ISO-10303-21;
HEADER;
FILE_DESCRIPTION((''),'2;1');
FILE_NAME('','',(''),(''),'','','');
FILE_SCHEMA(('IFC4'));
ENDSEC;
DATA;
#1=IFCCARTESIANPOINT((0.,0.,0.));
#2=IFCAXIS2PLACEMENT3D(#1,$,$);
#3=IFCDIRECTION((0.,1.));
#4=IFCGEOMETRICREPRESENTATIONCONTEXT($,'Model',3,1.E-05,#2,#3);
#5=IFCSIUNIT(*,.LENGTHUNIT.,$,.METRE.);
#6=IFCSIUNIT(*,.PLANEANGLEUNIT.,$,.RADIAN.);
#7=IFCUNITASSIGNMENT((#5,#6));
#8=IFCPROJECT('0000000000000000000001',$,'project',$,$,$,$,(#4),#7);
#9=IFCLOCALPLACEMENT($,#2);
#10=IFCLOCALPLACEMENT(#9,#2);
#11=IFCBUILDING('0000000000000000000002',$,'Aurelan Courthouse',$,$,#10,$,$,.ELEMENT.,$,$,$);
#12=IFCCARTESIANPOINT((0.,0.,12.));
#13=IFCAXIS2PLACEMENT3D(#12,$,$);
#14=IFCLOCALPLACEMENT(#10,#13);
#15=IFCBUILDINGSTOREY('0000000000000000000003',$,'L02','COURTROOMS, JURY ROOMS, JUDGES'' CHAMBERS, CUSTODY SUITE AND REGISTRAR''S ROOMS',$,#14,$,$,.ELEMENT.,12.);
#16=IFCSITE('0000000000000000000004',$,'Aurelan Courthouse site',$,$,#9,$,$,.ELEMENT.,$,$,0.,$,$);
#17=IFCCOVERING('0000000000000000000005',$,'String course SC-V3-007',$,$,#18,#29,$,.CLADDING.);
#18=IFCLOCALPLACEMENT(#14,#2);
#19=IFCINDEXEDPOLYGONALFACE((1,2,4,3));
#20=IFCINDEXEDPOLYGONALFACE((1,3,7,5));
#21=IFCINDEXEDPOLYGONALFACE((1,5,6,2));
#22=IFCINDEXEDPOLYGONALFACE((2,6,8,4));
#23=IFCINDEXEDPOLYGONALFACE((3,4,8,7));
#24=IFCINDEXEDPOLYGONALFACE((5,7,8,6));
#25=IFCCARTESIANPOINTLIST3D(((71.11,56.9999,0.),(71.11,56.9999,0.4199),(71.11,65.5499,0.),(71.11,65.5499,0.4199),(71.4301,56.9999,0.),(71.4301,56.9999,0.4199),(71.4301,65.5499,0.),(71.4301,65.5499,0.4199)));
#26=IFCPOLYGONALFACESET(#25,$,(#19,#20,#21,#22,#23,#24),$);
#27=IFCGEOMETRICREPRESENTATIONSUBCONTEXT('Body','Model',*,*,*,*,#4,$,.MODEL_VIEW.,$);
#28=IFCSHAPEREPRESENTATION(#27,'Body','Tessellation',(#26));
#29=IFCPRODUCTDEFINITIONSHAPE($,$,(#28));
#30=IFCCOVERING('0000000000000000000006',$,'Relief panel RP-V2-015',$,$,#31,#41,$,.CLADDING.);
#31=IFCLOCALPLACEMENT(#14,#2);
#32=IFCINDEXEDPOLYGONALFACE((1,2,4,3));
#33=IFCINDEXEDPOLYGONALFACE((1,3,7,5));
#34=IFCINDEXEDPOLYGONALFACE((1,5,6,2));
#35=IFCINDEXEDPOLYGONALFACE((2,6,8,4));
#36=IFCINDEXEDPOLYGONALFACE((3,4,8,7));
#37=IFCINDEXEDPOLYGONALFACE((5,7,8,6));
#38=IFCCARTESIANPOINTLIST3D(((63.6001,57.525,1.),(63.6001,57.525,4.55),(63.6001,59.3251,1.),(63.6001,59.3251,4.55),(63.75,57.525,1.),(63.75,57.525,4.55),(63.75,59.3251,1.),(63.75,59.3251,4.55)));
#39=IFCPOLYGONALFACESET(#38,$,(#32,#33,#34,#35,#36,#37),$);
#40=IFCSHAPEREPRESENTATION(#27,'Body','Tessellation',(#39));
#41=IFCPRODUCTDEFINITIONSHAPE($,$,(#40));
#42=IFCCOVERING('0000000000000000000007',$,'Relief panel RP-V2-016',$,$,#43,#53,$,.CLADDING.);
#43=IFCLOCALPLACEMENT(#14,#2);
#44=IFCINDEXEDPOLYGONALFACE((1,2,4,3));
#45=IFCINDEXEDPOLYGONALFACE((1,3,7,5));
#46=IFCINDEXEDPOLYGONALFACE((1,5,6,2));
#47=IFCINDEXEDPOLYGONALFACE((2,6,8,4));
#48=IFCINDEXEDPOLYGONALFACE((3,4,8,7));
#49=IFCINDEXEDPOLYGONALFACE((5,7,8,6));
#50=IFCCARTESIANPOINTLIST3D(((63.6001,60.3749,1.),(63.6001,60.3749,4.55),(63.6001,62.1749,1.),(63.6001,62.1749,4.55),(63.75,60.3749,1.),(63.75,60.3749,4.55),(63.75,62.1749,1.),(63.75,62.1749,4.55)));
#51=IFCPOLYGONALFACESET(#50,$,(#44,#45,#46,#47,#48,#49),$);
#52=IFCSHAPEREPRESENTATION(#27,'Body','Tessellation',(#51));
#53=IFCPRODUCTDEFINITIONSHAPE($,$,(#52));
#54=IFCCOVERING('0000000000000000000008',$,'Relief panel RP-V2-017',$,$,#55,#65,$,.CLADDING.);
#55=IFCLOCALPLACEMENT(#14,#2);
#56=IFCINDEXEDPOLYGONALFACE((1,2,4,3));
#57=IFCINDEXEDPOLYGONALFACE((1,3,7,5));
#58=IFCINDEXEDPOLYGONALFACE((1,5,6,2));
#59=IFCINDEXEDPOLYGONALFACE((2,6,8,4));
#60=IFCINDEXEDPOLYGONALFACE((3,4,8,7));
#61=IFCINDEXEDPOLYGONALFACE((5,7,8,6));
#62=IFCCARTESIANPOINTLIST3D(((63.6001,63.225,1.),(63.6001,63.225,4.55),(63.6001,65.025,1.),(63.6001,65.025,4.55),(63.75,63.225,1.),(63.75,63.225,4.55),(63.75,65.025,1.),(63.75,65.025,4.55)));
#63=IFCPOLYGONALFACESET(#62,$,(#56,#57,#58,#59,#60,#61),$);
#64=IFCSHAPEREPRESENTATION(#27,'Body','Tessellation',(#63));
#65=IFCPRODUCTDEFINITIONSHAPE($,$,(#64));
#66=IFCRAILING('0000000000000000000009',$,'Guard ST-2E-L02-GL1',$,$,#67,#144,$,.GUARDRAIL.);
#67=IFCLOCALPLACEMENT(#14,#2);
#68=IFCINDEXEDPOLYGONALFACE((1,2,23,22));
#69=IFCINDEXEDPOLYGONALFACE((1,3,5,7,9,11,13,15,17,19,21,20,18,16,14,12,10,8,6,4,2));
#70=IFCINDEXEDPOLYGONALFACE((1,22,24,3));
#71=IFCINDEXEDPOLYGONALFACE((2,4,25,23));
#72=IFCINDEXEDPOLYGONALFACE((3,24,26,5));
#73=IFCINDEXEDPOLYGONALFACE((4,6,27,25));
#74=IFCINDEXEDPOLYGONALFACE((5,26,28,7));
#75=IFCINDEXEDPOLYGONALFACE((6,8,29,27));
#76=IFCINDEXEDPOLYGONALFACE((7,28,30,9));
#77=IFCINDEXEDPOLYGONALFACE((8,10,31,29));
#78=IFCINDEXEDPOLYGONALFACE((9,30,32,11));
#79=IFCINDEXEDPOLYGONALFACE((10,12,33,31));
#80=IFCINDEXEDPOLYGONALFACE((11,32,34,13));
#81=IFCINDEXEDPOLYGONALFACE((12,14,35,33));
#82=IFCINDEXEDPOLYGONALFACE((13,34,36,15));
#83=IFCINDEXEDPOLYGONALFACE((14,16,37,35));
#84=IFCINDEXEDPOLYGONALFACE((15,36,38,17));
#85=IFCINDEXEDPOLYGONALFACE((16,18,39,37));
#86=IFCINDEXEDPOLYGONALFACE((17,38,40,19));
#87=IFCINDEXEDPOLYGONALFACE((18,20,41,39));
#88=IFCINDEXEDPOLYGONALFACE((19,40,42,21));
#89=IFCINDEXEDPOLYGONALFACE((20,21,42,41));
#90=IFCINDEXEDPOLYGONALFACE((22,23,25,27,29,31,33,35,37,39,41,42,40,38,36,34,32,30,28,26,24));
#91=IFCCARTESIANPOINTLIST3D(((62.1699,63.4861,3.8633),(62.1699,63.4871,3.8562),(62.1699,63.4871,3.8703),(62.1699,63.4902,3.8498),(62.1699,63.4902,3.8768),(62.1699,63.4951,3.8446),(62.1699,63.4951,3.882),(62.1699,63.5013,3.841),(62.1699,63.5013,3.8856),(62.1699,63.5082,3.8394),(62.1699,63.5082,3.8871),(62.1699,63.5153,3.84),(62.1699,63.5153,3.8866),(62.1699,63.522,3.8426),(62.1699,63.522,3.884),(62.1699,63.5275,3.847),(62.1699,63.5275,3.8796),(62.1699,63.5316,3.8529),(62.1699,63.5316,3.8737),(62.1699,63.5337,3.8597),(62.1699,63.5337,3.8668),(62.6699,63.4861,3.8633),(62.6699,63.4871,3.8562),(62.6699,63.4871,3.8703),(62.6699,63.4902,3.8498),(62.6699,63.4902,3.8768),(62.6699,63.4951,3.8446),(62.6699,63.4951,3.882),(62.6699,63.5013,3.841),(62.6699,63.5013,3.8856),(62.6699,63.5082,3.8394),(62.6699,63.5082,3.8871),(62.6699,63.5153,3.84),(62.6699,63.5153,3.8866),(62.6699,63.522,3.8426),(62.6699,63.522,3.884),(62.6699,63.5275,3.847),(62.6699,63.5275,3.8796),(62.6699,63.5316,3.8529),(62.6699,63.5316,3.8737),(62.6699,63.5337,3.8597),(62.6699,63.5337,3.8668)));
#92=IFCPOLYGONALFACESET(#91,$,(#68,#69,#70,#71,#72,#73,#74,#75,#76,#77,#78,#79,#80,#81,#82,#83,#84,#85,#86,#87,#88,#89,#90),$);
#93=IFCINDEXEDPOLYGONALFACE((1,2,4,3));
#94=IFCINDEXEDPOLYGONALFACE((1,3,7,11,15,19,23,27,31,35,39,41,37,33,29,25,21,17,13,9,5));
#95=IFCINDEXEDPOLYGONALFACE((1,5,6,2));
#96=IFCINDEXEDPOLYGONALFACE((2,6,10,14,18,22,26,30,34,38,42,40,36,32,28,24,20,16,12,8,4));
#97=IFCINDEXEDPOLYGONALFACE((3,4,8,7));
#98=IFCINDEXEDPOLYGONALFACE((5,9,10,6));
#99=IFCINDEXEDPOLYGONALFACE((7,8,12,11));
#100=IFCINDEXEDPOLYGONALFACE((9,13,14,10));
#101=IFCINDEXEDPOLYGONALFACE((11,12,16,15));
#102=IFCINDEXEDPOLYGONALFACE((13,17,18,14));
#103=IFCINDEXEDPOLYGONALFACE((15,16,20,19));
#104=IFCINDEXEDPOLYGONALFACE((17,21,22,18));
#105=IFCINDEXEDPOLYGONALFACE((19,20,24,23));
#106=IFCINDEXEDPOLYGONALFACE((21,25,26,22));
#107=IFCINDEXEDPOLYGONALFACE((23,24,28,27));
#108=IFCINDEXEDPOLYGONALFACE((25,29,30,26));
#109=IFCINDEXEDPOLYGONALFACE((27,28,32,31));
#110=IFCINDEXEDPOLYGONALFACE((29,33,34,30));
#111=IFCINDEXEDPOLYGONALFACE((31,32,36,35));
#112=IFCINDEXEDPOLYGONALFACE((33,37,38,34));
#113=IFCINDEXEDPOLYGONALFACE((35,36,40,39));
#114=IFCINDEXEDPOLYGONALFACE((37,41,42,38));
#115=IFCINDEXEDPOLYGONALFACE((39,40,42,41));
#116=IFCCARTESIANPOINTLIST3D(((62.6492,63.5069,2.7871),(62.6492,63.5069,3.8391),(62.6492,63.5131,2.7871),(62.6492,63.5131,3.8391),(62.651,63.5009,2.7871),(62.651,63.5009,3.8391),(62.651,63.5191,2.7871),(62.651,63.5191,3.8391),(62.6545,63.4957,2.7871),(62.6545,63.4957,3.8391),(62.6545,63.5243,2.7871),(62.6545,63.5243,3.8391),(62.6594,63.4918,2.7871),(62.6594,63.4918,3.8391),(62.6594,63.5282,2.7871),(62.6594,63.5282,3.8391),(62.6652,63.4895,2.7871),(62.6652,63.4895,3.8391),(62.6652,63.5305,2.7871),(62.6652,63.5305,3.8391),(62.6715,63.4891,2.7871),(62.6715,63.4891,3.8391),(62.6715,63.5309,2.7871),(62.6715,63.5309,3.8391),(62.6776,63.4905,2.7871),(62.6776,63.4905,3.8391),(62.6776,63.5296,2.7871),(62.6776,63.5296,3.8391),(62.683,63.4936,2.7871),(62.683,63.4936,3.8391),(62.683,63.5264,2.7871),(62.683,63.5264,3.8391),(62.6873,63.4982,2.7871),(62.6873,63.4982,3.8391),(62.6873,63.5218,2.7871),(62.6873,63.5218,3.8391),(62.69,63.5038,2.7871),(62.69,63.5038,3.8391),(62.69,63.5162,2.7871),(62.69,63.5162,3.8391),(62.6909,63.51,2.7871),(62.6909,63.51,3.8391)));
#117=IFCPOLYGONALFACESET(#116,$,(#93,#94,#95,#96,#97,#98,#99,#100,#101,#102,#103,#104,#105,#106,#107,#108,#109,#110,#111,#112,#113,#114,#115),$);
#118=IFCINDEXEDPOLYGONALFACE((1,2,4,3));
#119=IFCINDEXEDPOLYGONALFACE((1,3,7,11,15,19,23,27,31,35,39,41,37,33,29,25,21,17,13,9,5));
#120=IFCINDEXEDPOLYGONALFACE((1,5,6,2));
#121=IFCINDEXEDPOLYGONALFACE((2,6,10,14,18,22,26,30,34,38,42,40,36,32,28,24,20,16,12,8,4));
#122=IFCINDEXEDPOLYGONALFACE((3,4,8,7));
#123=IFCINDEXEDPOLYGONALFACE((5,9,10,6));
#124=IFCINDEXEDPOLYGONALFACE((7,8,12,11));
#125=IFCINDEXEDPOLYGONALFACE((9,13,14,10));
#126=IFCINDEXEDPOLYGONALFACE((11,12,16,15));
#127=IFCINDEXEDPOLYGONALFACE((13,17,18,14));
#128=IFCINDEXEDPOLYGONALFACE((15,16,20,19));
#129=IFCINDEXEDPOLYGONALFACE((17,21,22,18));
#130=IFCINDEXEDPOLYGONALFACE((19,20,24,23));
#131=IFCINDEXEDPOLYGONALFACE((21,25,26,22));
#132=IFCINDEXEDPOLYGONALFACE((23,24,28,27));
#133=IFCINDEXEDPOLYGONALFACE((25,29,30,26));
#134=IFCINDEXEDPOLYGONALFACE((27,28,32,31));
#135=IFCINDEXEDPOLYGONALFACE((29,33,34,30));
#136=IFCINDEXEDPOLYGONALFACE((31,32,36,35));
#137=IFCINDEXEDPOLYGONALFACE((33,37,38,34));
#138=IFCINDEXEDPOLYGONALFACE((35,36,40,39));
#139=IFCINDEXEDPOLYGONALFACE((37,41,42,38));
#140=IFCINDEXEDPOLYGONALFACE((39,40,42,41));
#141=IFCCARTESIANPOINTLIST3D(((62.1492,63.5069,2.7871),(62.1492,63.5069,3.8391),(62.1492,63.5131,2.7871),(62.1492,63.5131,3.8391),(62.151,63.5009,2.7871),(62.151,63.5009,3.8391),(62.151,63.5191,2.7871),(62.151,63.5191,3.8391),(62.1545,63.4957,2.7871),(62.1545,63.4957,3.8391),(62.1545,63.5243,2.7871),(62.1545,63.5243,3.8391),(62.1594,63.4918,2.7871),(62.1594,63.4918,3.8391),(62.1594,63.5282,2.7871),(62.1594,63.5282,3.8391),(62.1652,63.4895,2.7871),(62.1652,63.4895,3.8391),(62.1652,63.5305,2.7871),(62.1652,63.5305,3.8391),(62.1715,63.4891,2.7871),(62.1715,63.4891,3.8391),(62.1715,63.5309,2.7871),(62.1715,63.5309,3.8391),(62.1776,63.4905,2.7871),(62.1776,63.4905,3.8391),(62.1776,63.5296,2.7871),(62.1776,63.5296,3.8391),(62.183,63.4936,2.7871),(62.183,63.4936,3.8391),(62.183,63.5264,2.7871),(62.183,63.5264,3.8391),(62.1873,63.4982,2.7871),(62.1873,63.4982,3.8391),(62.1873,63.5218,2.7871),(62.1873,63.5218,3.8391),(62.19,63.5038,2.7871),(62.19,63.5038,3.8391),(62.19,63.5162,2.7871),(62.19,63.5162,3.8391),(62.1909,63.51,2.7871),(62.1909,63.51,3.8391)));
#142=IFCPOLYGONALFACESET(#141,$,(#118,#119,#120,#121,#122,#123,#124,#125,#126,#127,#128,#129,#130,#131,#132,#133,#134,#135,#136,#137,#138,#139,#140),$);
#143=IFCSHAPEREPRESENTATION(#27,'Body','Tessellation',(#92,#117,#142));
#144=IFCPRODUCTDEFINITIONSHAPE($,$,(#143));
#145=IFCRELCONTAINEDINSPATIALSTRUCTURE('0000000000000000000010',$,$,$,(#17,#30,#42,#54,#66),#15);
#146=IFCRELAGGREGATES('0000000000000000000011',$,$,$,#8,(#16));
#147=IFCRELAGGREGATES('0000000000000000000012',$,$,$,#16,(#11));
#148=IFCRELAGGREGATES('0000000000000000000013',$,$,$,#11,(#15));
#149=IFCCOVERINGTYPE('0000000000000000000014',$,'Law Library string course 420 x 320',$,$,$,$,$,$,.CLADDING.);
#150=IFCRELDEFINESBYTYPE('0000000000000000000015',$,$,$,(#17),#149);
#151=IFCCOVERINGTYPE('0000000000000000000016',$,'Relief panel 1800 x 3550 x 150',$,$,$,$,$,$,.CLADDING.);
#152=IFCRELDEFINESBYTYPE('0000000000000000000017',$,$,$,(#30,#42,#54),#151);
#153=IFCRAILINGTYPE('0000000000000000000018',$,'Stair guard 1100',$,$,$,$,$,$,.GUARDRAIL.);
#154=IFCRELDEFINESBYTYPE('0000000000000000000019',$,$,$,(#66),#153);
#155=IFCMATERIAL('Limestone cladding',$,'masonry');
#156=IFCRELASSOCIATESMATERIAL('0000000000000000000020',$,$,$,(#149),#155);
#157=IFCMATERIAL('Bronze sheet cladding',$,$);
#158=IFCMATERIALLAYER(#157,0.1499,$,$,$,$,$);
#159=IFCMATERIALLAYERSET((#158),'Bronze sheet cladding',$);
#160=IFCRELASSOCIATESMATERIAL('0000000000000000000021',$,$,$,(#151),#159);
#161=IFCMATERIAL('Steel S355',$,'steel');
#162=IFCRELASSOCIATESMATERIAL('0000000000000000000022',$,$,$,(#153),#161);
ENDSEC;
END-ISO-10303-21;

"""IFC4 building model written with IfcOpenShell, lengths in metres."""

from ifc_helpers import new_model, si_unit, direction, frame, origin, origin_2d, place, context, subcontext, project, spatial, rectangle, circle, extrude, material, layer, layer_set, type_object, element, save


model = new_model("IFC4")

# Units and contexts
model_context = context("Model", 3, precision=1e-05, world=origin(), true_north=direction((0.0, 1.0)))
body_context = subcontext(model_context, "Body", "Model", "MODEL_VIEW")
ifc_project = project(units=[si_unit("LENGTHUNIT", "METRE"), si_unit("PLANEANGLEUNIT", "RADIAN")], contexts=[model_context])

# Site, building, storey
site_placement = place(None, origin())
site = spatial("IfcSite", under=ifc_project, at=site_placement, Name="Aurelan Courthouse site", CompositionType="ELEMENT", RefElevation=0.0)
building_placement = place(site_placement, origin())
building = spatial("IfcBuilding", under=site, at=building_placement, Name="Aurelan Courthouse", CompositionType="ELEMENT")
storey_placement = place(building_placement, frame((0.0, 0.0, 12.0)))
storey = spatial("IfcBuildingStorey", under=building, at=storey_placement, Name="L02", Description="COURTROOMS, JURY ROOMS, JUDGES' CHAMBERS, CUSTODY SUITE AND REGISTRAR'S ROOMS", CompositionType="ELEMENT", Elevation=12.0)

# Shared definitions
ifc_material_1 = material(Name="Limestone cladding", Category="masonry")

# Coverings
ifc_material_2 = material(Name="Bronze sheet cladding")
covering_type_1 = type_object("IfcCoveringType", Name="Law Library string course 420 x 320", PredefinedType="CLADDING", material=ifc_material_1)
covering_1_placement = place(storey_placement, frame((71.27, 61.2749, 0.0), z_axis=(0.0, 0.0, 1.0), x_axis=(1.0, 0.0, 0.0)))
element("IfcCovering", 1, at=covering_1_placement, inside=storey, type_object=covering_type_1, Name="String course SC-V3-007", PredefinedType="CLADDING", context=body_context, shape_type="SweptSolid", body=[
    extrude(rectangle(XDim=0.3201, YDim=8.55, at=origin_2d()), origin(), (0.0, 0.0, 1.0), 0.4199),
])
ifc_layer_1 = layer(ifc_material_2, 0.1499)
ifc_layer_set_1 = layer_set([ifc_layer_1], Name="Bronze sheet cladding")
covering_type_2 = type_object("IfcCoveringType", Name="Relief panel 1800 x 3550 x 150", PredefinedType="CLADDING", material=ifc_layer_set_1)
for number, where, z_axis, x_axis, name in (
    (2, (63.675, 58.425, 1.0), (0.0, 0.0, 1.0), (1.0, 0.0, 0.0), "Relief panel RP-V2-015"),
    (3, (63.675, 61.2749, 1.0), (0.0, 0.0, 1.0), (1.0, 0.0, 0.0), "Relief panel RP-V2-016"),
    (4, (63.675, 64.125, 1.0), (0.0, 0.0, 1.0), (1.0, 0.0, 0.0), "Relief panel RP-V2-017"),
):
    element("IfcCovering", number, at=place(storey_placement, frame(where, z_axis=z_axis, x_axis=x_axis)), inside=storey, type_object=covering_type_2, Name=name, PredefinedType="CLADDING", context=body_context, shape_type="SweptSolid", body=[
        extrude(rectangle(XDim=0.1499, YDim=1.8, at=origin_2d()), origin(), (0.0, 0.0, 1.0), 3.55),
    ])

# Railing
ifc_material_3 = material(Name="Steel S355", Category="steel")
railing_type_1 = type_object("IfcRailingType", Name="Stair guard 1100", PredefinedType="GUARDRAIL", material=ifc_material_3)
railing_placement = place(storey_placement, frame((62.6699, 63.51, 2.7871)))
element("IfcRailing", 5, at=railing_placement, inside=storey, type_object=railing_type_1, Name="Guard ST-2E-L02-GL1", PredefinedType="GUARDRAIL", context=body_context, shape_type="SweptSolid", body=[
    extrude(circle(Radius=0.0239, at=origin_2d()), frame((0.0, 0.0, 1.0762), z_axis=(-1.0, 0.0, 0.0), x_axis=(0.0, -1.0, 0.0)), (0.0, 0.0, 1.0), 0.5),
    extrude(circle(Radius=0.021, at=origin_2d()), origin(), (0.0, 0.0, 1.0), 1.052),
    extrude(circle(Radius=0.021, at=origin_2d()), frame((-0.5, 0.0, 0.0)), (0.0, 0.0, 1.0), 1.052),
])

save(model, "model.ifc")
